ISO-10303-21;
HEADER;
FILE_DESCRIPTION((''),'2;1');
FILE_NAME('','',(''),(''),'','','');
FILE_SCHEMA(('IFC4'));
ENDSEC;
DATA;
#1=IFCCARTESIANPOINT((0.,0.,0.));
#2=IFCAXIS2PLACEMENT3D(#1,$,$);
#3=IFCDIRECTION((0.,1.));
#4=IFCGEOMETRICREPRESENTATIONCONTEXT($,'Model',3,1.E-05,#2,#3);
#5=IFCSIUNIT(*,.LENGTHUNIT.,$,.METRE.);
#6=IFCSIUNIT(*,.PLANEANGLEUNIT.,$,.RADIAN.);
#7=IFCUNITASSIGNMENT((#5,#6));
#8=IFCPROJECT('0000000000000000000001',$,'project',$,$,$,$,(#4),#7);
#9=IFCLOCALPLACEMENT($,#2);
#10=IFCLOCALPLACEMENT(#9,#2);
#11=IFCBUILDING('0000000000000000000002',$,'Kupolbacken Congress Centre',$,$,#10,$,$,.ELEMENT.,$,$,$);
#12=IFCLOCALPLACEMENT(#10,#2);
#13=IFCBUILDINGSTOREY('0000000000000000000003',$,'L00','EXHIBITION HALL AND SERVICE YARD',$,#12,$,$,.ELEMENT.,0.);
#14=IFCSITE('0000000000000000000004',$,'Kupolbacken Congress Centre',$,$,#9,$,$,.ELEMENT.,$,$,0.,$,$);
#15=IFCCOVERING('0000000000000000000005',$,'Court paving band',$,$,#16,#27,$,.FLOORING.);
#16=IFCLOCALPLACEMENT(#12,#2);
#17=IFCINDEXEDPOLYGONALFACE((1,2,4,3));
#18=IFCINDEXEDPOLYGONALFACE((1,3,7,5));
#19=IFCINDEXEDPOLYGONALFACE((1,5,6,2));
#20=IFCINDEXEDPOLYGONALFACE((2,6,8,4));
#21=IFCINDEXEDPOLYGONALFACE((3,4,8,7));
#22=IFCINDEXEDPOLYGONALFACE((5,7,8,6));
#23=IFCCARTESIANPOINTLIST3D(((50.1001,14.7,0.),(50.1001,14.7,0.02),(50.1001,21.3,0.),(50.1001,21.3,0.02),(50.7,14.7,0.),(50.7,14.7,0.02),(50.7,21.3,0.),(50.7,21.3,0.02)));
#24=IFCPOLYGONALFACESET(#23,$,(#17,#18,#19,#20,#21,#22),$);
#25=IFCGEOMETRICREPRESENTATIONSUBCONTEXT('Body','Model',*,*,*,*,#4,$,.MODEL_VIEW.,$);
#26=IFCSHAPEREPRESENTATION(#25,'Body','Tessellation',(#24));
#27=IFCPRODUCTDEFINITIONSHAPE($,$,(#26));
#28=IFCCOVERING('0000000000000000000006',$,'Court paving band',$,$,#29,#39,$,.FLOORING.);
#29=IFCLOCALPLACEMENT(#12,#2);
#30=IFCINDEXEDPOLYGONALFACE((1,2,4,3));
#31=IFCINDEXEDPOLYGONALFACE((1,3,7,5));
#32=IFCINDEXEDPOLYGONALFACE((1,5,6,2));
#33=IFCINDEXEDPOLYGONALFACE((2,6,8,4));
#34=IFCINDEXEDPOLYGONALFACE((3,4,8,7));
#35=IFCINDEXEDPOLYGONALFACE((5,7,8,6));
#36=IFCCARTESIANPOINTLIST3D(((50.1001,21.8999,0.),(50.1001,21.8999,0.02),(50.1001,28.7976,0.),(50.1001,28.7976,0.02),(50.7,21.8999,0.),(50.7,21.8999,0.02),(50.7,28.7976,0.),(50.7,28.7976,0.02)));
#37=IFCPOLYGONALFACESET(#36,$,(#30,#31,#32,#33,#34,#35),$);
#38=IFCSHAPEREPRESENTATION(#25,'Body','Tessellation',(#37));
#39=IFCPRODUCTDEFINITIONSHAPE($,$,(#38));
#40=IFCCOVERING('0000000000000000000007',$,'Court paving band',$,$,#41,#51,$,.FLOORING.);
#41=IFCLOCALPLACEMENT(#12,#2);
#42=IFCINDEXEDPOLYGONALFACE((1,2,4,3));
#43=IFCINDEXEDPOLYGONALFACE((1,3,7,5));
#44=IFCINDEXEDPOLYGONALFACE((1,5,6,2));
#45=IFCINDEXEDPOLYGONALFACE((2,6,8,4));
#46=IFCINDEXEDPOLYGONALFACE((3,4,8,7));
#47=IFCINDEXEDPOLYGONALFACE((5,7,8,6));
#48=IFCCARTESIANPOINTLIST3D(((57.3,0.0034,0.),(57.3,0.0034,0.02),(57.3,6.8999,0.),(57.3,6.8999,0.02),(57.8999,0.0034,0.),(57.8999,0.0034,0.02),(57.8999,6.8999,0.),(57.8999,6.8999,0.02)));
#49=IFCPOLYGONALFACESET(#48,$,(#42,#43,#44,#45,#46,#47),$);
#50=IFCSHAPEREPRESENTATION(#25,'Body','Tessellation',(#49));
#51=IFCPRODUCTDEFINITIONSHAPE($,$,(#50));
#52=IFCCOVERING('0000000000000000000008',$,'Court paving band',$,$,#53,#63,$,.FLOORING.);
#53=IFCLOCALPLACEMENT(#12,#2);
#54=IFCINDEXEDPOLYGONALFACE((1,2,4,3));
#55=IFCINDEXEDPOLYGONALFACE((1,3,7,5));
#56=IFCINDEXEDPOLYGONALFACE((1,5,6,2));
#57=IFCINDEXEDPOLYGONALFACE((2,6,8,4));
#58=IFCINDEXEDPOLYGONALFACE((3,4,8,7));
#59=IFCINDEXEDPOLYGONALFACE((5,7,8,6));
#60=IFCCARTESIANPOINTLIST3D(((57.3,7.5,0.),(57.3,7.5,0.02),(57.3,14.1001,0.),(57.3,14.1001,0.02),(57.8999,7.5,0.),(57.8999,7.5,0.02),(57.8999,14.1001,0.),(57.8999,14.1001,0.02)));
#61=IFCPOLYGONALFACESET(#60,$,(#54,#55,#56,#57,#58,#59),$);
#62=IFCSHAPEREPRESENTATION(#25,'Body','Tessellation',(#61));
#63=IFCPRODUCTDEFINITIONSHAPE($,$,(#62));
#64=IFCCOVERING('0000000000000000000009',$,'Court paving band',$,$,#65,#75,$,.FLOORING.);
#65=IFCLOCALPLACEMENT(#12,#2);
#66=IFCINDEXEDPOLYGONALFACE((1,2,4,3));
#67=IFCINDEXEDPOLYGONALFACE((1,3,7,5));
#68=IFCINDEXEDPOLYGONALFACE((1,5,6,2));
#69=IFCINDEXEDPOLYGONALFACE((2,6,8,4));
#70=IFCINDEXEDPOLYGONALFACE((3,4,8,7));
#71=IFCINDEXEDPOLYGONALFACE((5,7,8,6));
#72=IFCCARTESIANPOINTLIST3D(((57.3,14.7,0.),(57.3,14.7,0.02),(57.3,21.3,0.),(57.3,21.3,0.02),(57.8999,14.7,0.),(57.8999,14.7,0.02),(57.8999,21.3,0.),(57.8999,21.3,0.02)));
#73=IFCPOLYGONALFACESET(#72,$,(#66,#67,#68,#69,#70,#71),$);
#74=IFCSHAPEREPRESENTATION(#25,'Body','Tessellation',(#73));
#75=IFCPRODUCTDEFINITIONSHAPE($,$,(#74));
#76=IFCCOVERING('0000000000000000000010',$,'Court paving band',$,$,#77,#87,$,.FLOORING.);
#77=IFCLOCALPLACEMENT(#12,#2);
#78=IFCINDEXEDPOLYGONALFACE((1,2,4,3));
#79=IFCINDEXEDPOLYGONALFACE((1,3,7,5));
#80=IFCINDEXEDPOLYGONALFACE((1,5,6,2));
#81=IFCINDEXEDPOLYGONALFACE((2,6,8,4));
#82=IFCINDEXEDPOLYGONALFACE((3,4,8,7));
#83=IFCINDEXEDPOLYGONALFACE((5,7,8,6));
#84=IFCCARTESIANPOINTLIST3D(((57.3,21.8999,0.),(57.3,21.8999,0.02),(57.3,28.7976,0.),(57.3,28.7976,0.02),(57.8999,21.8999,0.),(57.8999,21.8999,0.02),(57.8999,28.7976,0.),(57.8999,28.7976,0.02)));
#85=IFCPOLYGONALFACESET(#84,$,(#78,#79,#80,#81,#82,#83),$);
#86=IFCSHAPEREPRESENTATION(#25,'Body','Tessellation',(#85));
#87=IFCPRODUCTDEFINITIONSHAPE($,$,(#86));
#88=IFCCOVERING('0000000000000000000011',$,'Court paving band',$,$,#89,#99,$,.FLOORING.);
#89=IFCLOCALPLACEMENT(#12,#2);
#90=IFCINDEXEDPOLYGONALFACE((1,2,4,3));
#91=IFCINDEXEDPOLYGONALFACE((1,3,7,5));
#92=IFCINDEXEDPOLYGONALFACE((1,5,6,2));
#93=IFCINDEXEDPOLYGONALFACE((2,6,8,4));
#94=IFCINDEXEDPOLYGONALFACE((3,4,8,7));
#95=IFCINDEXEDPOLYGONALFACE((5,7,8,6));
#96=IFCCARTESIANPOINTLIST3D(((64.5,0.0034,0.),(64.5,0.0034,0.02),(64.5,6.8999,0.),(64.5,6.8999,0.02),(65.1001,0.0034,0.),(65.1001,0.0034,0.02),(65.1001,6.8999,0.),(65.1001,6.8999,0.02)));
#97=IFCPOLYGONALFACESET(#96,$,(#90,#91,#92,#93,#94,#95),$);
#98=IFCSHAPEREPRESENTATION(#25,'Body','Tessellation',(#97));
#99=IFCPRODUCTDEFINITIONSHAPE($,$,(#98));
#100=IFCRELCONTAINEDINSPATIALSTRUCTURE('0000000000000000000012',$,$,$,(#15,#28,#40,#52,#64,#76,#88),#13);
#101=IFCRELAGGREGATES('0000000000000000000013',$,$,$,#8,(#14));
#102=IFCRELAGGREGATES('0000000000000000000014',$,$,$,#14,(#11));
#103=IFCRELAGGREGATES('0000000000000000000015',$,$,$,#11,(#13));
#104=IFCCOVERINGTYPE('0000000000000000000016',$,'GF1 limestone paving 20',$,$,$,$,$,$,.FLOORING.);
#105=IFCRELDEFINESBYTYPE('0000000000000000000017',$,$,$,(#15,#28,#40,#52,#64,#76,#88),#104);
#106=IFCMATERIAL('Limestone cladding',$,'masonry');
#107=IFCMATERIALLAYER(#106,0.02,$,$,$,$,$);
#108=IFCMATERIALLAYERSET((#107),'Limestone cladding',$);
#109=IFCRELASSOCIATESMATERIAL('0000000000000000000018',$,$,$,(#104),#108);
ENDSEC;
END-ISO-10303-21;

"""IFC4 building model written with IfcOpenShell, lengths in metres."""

from ifc_helpers import new_model, si_unit, direction, origin, place, context, subcontext, project, spatial, polyline, outline, extrude, material, layer, layer_set, type_object, element, save


model = new_model("IFC4")

# Units and contexts
model_context = context("Model", 3, precision=1e-05, world=origin(), true_north=direction((0.0, 1.0)))
body_context = subcontext(model_context, "Body", "Model", "MODEL_VIEW")
ifc_project = project(units=[si_unit("LENGTHUNIT", "METRE"), si_unit("PLANEANGLEUNIT", "RADIAN")], contexts=[model_context])

# Site, building, storey
site_placement = place(None, origin())
site = spatial("IfcSite", under=ifc_project, at=site_placement, Name="Kupolbacken Congress Centre", CompositionType="ELEMENT", RefElevation=0.0)
building_placement = place(site_placement, origin())
building = spatial("IfcBuilding", under=site, at=building_placement, Name="Kupolbacken Congress Centre", CompositionType="ELEMENT")
storey_placement = place(building_placement, origin())
storey = spatial("IfcBuildingStorey", under=building, at=storey_placement, Name="L00", Description="EXHIBITION HALL AND SERVICE YARD", CompositionType="ELEMENT", Elevation=0.0)

# Coverings
ifc_material = material(Name="Limestone cladding", Category="masonry")
ifc_layer = layer(ifc_material, 0.02)
ifc_layer_set = layer_set([ifc_layer], Name="Limestone cladding")
covering_type = type_object("IfcCoveringType", Name="GF1 limestone paving 20", PredefinedType="FLOORING", material=ifc_layer_set)
covering_1_placement = place(storey_placement, origin())
element("IfcCovering", 1, at=covering_1_placement, inside=storey, type_object=covering_type, Name="Court paving band", PredefinedType="FLOORING", context=body_context, shape_type="SweptSolid", body=[
    extrude(outline(polyline([(50.1001, 14.7), (50.1001, 21.3), (50.7, 21.3), (50.7, 14.7), (50.1001, 14.7)])), origin(), (0.0, 0.0, 1.0), 0.02),
])
covering_2_placement = place(storey_placement, origin())
element("IfcCovering", 2, at=covering_2_placement, inside=storey, type_object=covering_type, Name="Court paving band", PredefinedType="FLOORING", context=body_context, shape_type="SweptSolid", body=[
    extrude(outline(polyline([(50.7, 21.8999), (50.1001, 21.8999), (50.1001, 28.7976), (50.7, 28.7976), (50.7, 21.8999)])), origin(), (0.0, 0.0, 1.0), 0.02),
])
covering_3_placement = place(storey_placement, origin())
element("IfcCovering", 3, at=covering_3_placement, inside=storey, type_object=covering_type, Name="Court paving band", PredefinedType="FLOORING", context=body_context, shape_type="SweptSolid", body=[
    extrude(outline(polyline([(57.3, 6.8999), (57.8999, 6.8999), (57.8999, 0.0034), (57.3, 0.0034), (57.3, 6.8999)])), origin(), (0.0, 0.0, 1.0), 0.02),
])
covering_4_placement = place(storey_placement, origin())
element("IfcCovering", 4, at=covering_4_placement, inside=storey, type_object=covering_type, Name="Court paving band", PredefinedType="FLOORING", context=body_context, shape_type="SweptSolid", body=[
    extrude(outline(polyline([(57.3, 7.5), (57.3, 14.1001), (57.8999, 14.1001), (57.8999, 7.5), (57.3, 7.5)])), origin(), (0.0, 0.0, 1.0), 0.02),
])
covering_5_placement = place(storey_placement, origin())
element("IfcCovering", 5, at=covering_5_placement, inside=storey, type_object=covering_type, Name="Court paving band", PredefinedType="FLOORING", context=body_context, shape_type="SweptSolid", body=[
    extrude(outline(polyline([(57.3, 14.7), (57.3, 21.3), (57.8999, 21.3), (57.8999, 14.7), (57.3, 14.7)])), origin(), (0.0, 0.0, 1.0), 0.02),
])
covering_6_placement = place(storey_placement, origin())
element("IfcCovering", 6, at=covering_6_placement, inside=storey, type_object=covering_type, Name="Court paving band", PredefinedType="FLOORING", context=body_context, shape_type="SweptSolid", body=[
    extrude(outline(polyline([(57.8999, 21.8999), (57.3, 21.8999), (57.3, 28.7976), (57.8999, 28.7976), (57.8999, 21.8999)])), origin(), (0.0, 0.0, 1.0), 0.02),
])
covering_7_placement = place(storey_placement, origin())
element("IfcCovering", 7, at=covering_7_placement, inside=storey, type_object=covering_type, Name="Court paving band", PredefinedType="FLOORING", context=body_context, shape_type="SweptSolid", body=[
    extrude(outline(polyline([(64.5, 6.8999), (65.1001, 6.8999), (65.1001, 0.0034), (64.5, 0.0034), (64.5, 6.8999)])), origin(), (0.0, 0.0, 1.0), 0.02),
])

save(model, "model.ifc")
